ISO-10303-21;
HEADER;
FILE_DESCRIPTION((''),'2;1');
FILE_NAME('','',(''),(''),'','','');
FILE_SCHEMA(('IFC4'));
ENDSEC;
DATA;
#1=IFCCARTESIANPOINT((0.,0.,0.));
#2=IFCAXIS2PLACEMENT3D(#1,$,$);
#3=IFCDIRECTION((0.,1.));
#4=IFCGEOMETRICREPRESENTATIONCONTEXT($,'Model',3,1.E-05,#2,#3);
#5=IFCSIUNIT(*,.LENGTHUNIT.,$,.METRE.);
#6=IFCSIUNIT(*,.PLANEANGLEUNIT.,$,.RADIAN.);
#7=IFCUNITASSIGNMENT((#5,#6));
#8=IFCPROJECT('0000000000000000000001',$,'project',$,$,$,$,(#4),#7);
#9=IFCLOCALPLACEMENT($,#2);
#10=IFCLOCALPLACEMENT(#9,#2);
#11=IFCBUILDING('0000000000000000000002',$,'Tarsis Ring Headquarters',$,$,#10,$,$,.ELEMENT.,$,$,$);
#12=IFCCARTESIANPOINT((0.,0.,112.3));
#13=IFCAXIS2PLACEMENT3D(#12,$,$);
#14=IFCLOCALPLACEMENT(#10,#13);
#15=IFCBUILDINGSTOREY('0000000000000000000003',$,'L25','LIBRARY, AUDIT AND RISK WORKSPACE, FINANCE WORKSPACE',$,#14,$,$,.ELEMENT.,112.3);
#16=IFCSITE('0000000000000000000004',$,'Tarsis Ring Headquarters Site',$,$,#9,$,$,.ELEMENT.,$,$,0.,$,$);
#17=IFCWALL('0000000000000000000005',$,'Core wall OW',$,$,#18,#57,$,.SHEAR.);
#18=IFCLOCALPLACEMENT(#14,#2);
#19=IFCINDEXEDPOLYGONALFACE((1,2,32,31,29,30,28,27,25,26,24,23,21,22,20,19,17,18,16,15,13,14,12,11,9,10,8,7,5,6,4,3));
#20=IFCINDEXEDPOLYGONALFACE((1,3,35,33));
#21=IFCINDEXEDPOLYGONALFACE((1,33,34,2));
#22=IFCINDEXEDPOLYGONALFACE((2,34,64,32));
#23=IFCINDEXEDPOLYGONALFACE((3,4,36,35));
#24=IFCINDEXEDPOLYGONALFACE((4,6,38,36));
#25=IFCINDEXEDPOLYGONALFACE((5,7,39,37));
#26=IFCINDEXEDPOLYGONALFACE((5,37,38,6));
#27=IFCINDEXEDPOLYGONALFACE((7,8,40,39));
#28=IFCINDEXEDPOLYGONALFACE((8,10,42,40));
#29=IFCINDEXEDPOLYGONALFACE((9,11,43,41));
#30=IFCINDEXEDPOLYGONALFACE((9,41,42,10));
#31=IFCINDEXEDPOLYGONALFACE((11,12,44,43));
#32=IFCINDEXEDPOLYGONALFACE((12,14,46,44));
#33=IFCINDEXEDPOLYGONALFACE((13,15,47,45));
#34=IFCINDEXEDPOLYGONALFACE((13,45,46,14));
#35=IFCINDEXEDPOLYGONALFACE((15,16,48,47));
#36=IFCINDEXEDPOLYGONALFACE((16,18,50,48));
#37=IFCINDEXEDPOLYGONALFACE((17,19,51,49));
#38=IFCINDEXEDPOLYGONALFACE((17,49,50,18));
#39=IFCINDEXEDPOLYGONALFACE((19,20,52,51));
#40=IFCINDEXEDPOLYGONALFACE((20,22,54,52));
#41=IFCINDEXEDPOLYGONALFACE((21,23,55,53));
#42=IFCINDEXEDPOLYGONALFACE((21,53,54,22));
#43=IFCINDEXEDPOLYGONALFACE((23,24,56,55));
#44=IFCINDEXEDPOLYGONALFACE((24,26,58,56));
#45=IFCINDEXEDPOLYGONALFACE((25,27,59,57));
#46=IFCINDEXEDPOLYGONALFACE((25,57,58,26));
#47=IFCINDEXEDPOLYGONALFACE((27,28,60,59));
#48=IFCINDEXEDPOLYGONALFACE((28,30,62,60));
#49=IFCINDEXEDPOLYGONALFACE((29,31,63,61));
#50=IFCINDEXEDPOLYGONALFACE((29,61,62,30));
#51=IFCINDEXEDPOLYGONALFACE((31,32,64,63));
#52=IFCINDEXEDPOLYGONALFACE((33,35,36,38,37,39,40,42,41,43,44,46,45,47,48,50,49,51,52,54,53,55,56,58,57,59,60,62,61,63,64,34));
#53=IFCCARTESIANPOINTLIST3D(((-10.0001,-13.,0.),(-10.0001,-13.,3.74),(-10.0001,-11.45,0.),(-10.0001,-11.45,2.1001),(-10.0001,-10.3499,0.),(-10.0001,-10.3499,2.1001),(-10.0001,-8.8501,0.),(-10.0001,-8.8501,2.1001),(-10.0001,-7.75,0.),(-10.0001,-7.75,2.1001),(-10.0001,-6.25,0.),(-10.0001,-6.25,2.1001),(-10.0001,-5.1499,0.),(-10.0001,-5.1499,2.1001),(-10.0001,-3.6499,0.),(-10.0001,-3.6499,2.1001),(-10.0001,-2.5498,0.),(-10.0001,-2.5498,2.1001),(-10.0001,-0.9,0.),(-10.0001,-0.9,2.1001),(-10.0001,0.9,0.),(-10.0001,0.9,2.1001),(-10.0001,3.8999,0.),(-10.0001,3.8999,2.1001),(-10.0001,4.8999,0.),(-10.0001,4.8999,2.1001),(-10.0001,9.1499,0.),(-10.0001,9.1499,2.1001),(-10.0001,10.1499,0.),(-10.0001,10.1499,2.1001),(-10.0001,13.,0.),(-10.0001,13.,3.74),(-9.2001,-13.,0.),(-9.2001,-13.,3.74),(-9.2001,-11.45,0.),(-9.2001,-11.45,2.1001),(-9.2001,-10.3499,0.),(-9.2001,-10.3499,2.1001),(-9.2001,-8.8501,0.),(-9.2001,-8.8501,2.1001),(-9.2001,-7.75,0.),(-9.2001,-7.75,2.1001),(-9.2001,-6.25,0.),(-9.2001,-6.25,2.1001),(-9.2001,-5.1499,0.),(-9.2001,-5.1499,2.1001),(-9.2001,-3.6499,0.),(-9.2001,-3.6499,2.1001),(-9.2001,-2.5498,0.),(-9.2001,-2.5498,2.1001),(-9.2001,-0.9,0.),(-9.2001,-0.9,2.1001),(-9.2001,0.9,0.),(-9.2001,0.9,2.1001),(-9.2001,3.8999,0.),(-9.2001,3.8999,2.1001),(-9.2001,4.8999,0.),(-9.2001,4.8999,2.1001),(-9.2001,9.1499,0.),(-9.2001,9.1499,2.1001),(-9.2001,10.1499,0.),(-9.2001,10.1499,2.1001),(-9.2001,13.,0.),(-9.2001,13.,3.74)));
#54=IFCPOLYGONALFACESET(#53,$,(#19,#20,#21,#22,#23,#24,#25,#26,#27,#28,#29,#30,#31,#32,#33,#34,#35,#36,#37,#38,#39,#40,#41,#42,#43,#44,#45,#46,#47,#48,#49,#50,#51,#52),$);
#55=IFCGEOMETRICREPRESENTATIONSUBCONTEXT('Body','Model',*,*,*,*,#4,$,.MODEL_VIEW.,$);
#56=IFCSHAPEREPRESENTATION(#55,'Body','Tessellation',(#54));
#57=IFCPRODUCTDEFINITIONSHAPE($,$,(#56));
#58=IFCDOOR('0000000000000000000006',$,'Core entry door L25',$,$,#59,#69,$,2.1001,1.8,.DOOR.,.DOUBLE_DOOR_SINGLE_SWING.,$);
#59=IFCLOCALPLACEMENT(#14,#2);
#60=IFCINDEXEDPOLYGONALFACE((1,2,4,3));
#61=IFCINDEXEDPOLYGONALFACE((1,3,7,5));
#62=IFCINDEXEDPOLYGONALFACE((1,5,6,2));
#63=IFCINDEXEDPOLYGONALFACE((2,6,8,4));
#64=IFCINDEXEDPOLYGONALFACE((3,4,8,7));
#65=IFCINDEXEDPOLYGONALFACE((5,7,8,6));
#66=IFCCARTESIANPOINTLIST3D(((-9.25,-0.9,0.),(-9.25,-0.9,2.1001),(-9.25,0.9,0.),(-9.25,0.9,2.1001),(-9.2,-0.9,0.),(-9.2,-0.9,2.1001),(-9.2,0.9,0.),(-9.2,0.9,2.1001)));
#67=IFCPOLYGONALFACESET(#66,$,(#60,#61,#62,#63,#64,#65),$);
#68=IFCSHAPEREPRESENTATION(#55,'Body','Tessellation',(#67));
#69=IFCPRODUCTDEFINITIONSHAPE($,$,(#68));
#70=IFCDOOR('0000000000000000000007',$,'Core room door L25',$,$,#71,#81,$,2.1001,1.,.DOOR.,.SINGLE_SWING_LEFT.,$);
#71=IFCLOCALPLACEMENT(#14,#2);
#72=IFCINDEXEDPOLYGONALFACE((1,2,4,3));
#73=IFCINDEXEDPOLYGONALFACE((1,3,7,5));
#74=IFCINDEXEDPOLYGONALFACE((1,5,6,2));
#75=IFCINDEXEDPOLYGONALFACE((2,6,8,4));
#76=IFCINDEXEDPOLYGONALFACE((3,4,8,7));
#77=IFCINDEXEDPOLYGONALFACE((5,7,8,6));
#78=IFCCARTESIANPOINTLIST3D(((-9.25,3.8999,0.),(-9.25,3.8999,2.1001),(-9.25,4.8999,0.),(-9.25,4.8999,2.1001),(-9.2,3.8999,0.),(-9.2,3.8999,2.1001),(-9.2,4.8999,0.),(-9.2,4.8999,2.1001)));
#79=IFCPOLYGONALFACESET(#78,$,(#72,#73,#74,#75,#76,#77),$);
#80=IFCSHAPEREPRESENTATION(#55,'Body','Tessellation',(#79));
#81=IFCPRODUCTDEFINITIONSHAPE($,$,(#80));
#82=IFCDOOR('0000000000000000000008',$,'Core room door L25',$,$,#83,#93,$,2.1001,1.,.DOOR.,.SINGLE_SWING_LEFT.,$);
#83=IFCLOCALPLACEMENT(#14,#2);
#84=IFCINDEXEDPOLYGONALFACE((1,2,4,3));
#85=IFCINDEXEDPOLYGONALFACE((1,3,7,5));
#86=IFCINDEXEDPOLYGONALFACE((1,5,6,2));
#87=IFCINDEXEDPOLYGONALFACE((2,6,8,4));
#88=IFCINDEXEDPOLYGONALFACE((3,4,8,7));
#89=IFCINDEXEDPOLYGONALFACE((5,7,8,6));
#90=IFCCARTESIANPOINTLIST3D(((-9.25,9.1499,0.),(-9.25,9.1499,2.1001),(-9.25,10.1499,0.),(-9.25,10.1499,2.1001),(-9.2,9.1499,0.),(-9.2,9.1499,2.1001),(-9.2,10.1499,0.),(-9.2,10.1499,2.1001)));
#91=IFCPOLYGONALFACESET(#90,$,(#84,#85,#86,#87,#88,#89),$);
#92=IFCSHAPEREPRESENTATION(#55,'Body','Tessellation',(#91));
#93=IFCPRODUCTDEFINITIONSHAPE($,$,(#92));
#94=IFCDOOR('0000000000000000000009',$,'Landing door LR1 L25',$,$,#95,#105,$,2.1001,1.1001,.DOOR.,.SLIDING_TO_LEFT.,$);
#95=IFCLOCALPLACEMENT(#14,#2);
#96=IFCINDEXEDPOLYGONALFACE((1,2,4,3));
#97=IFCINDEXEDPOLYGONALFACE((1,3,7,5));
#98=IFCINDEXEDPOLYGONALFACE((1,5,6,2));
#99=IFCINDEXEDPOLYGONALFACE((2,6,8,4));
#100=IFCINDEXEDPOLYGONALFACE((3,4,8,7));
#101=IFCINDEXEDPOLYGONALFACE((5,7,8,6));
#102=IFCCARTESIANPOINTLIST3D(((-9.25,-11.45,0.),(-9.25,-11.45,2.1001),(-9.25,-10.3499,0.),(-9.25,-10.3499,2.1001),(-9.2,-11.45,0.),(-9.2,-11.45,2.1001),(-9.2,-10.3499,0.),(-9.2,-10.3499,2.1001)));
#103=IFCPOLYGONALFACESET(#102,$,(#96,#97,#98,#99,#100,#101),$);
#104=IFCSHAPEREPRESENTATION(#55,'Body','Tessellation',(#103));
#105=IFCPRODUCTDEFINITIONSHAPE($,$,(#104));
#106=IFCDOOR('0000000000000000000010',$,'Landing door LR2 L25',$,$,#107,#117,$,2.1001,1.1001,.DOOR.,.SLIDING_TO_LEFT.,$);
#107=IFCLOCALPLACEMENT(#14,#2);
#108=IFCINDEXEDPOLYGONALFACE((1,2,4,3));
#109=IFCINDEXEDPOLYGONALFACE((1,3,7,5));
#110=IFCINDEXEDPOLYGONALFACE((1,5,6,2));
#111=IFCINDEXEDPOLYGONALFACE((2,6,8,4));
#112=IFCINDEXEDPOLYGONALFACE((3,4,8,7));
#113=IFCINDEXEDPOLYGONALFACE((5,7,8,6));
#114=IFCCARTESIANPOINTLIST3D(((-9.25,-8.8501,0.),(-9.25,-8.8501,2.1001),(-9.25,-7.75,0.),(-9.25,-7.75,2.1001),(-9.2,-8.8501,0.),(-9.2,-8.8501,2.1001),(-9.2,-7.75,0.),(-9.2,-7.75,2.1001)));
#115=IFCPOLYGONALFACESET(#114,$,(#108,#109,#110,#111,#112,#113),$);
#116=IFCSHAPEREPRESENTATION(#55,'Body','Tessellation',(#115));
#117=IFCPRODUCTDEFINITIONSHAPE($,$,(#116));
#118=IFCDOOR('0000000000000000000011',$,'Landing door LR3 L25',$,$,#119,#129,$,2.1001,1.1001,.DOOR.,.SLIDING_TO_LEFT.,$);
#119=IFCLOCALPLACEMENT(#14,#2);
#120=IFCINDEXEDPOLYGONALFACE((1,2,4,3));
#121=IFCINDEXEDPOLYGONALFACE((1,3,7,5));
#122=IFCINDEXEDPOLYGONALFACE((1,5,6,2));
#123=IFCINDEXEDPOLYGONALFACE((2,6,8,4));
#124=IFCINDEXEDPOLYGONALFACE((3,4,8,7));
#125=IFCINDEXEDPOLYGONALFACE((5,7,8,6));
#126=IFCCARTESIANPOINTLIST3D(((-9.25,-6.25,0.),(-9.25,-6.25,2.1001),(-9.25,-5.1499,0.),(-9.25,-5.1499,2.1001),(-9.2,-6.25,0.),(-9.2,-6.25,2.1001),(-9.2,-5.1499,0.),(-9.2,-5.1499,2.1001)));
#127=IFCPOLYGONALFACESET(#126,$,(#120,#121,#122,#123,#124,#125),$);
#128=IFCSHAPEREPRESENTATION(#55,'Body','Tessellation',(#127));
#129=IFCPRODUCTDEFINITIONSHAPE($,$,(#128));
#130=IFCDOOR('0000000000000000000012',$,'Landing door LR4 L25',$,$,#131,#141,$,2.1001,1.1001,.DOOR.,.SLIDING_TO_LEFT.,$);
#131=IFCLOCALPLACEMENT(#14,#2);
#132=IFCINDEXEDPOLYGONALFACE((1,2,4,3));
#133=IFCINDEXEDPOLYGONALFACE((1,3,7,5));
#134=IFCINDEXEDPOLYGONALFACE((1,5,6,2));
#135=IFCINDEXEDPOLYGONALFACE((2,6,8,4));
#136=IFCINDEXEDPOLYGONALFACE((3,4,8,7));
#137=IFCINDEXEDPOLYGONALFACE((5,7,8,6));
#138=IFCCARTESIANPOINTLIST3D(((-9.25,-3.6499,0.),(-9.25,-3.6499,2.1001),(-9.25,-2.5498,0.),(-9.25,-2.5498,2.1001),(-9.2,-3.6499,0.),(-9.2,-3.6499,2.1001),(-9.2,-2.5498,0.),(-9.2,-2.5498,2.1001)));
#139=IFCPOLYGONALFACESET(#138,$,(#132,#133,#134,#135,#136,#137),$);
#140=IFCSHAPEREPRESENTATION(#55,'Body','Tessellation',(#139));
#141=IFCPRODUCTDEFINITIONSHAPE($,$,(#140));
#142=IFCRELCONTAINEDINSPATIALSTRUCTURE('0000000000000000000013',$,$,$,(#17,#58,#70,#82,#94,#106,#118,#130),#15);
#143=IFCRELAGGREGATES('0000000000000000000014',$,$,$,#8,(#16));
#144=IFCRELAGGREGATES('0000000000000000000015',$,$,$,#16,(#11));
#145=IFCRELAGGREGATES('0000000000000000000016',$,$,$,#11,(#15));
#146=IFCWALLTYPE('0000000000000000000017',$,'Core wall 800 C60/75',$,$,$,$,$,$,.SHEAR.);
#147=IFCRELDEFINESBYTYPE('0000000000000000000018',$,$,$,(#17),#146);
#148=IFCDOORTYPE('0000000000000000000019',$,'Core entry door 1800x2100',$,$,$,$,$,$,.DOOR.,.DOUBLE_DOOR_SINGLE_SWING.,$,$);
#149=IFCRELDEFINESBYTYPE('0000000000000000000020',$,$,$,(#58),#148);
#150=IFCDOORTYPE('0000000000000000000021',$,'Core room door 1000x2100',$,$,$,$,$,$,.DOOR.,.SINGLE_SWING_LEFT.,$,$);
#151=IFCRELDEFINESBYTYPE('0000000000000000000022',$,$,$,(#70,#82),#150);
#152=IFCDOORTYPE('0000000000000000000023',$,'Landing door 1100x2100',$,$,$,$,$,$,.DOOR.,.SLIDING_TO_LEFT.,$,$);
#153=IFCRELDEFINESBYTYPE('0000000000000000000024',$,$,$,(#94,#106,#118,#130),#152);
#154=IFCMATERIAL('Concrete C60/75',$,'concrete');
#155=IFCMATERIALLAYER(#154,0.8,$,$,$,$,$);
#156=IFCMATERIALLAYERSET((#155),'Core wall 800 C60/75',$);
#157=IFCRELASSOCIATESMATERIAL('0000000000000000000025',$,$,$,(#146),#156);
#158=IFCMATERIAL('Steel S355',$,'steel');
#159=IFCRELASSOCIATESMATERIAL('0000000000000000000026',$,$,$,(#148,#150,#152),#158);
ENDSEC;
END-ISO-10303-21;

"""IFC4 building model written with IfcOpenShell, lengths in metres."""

from ifc_helpers import new_model, si_unit, direction, frame, frame_2d, origin, place, context, subcontext, project, spatial, rectangle, extrude, material, layer, layer_set, type_object, element, fill, save


model = new_model("IFC4")

# Units and contexts
model_context = context("Model", 3, precision=1e-05, world=origin(), true_north=direction((0.0, 1.0)))
body_context = subcontext(model_context, "Body", "Model", "MODEL_VIEW")
ifc_project = project(units=[si_unit("LENGTHUNIT", "METRE"), si_unit("PLANEANGLEUNIT", "RADIAN")], contexts=[model_context])

# Site, building, storey
site_placement = place(None, origin())
site = spatial("IfcSite", under=ifc_project, at=site_placement, Name="Tarsis Ring Headquarters Site", CompositionType="ELEMENT", RefElevation=0.0)
building_placement = place(site_placement, origin())
building = spatial("IfcBuilding", under=site, at=building_placement, Name="Tarsis Ring Headquarters", CompositionType="ELEMENT")
storey_placement = place(building_placement, frame((0.0, 0.0, 112.3)))
storey = spatial("IfcBuildingStorey", under=building, at=storey_placement, Name="L25", Description="LIBRARY, AUDIT AND RISK WORKSPACE, FINANCE WORKSPACE", CompositionType="ELEMENT", Elevation=112.3)

# Wall, openings, doors
ifc_material_1 = material(Name="Concrete C60/75", Category="concrete")
ifc_layer_1 = layer(ifc_material_1, 0.8)
ifc_layer_set_1 = layer_set([ifc_layer_1], Name="Core wall 800 C60/75")
wall_type_1 = type_object("IfcWallType", Name="Core wall 800 C60/75", PredefinedType="SHEAR", material=ifc_layer_set_1)
wall_1_placement = place(storey_placement, frame((-9.6001, -13.0, 0.0), z_axis=(0.0, 0.0, 1.0), x_axis=(0.0, 1.0, 0.0)))
wall_1 = element("IfcWall", 1, at=wall_1_placement, inside=storey, type_object=wall_type_1, Name="Core wall OW", PredefinedType="SHEAR", context=body_context, shape_type="SweptSolid", body=[
    extrude(rectangle(XDim=26.0, YDim=0.8, at=frame_2d((13.0, 0.0))), origin(), (0.0, 0.0, 1.0), 3.74),
])
opening_1_placement = place(wall_1_placement, frame((1.55, 0.0, 0.0)))
opening_1 = element("IfcOpeningElement", 2, at=opening_1_placement, cuts=wall_1, PredefinedType="OPENING", context=body_context, shape_type="SweptSolid", body=[
    extrude(rectangle(XDim=1.1001, YDim=2.1001, at=frame_2d((0.55, 1.05))), frame((0.0, 0.4099, 0.0), z_axis=(0.0, -1.0, 0.0), x_axis=(1.0, 0.0, 0.0)), (0.0, 0.0, 1.0), 0.8201),
])
opening_2_placement = place(wall_1_placement, frame((4.1499, 0.0, 0.0)))
opening_2 = element("IfcOpeningElement", 3, at=opening_2_placement, cuts=wall_1, PredefinedType="OPENING", context=body_context, shape_type="SweptSolid", body=[
    extrude(rectangle(XDim=1.1001, YDim=2.1001, at=frame_2d((0.55, 1.05))), frame((0.0, 0.4099, 0.0), z_axis=(0.0, -1.0, 0.0), x_axis=(1.0, 0.0, 0.0)), (0.0, 0.0, 1.0), 0.8201),
])
opening_3_placement = place(wall_1_placement, frame((6.75, 0.0, 0.0)))
opening_3 = element("IfcOpeningElement", 4, at=opening_3_placement, cuts=wall_1, PredefinedType="OPENING", context=body_context, shape_type="SweptSolid", body=[
    extrude(rectangle(XDim=1.1001, YDim=2.1001, at=frame_2d((0.55, 1.05))), frame((0.0, 0.4099, 0.0), z_axis=(0.0, -1.0, 0.0), x_axis=(1.0, 0.0, 0.0)), (0.0, 0.0, 1.0), 0.8201),
])
opening_4_placement = place(wall_1_placement, frame((9.3501, 0.0, 0.0)))
opening_4 = element("IfcOpeningElement", 5, at=opening_4_placement, cuts=wall_1, PredefinedType="OPENING", context=body_context, shape_type="SweptSolid", body=[
    extrude(rectangle(XDim=1.1001, YDim=2.1001, at=frame_2d((0.55, 1.05))), frame((0.0, 0.4099, 0.0), z_axis=(0.0, -1.0, 0.0), x_axis=(1.0, 0.0, 0.0)), (0.0, 0.0, 1.0), 0.8201),
])
opening_5_placement = place(wall_1_placement, frame((12.1001, 0.0, 0.0)))
opening_5 = element("IfcOpeningElement", 6, at=opening_5_placement, cuts=wall_1, PredefinedType="OPENING", context=body_context, shape_type="SweptSolid", body=[
    extrude(rectangle(XDim=1.8, YDim=2.1001, at=frame_2d((0.8999, 1.05))), frame((0.0, 0.4099, 0.0), z_axis=(0.0, -1.0, 0.0), x_axis=(1.0, 0.0, 0.0)), (0.0, 0.0, 1.0), 0.8201),
])
opening_6_placement = place(wall_1_placement, frame((16.8999, 0.0, 0.0)))
opening_6 = element("IfcOpeningElement", 7, at=opening_6_placement, cuts=wall_1, PredefinedType="OPENING", context=body_context, shape_type="SweptSolid", body=[
    extrude(rectangle(XDim=1.0, YDim=2.1001, at=frame_2d((0.5, 1.05))), frame((0.0, 0.4099, 0.0), z_axis=(0.0, -1.0, 0.0), x_axis=(1.0, 0.0, 0.0)), (0.0, 0.0, 1.0), 0.8201),
])
opening_7_placement = place(wall_1_placement, frame((22.1499, 0.0, 0.0)))
opening_7 = element("IfcOpeningElement", 8, at=opening_7_placement, cuts=wall_1, PredefinedType="OPENING", context=body_context, shape_type="SweptSolid", body=[
    extrude(rectangle(XDim=1.0, YDim=2.1001, at=frame_2d((0.5, 1.05))), frame((0.0, 0.4099, 0.0), z_axis=(0.0, -1.0, 0.0), x_axis=(1.0, 0.0, 0.0)), (0.0, 0.0, 1.0), 0.8201),
])
ifc_material_2 = material(Name="Steel S355", Category="steel")
door_type_1 = type_object("IfcDoorType", Name="Core entry door 1800x2100", OperationType="DOUBLE_DOOR_SINGLE_SWING", PredefinedType="DOOR", material=ifc_material_2)
door_1_placement = place(opening_5_placement, origin())
door_1 = element("IfcDoor", 9, at=door_1_placement, inside=storey, type_object=door_type_1, Name="Core entry door L25", OperationType="DOUBLE_DOOR_SINGLE_SWING", OverallHeight=2.1001, OverallWidth=1.8, PredefinedType="DOOR", context=body_context, shape_type="SweptSolid", body=[
    extrude(rectangle(XDim=1.8, YDim=2.1001, at=frame_2d((0.8999, 1.05))), frame((0.0, -0.3501, 0.0), z_axis=(0.0, -1.0, 0.0), x_axis=(1.0, 0.0, 0.0)), (0.0, 0.0, 1.0), 0.05),
])
fill(opening_5, door_1)
door_type_2 = type_object("IfcDoorType", Name="Core room door 1000x2100", OperationType="SINGLE_SWING_LEFT", PredefinedType="DOOR", material=ifc_material_2)
door_2_placement = place(opening_6_placement, origin())
door_2 = element("IfcDoor", 10, at=door_2_placement, inside=storey, type_object=door_type_2, Name="Core room door L25", OperationType="SINGLE_SWING_LEFT", OverallHeight=2.1001, OverallWidth=1.0, PredefinedType="DOOR", context=body_context, shape_type="SweptSolid", body=[
    extrude(rectangle(XDim=1.0, YDim=2.1001, at=frame_2d((0.5, 1.05))), frame((0.0, -0.3501, 0.0), z_axis=(0.0, -1.0, 0.0), x_axis=(1.0, 0.0, 0.0)), (0.0, 0.0, 1.0), 0.05),
])
fill(opening_6, door_2)
door_3_placement = place(opening_7_placement, origin())
door_3 = element("IfcDoor", 11, at=door_3_placement, inside=storey, type_object=door_type_2, Name="Core room door L25", OperationType="SINGLE_SWING_LEFT", OverallHeight=2.1001, OverallWidth=1.0, PredefinedType="DOOR", context=body_context, shape_type="SweptSolid", body=[
    extrude(rectangle(XDim=1.0, YDim=2.1001, at=frame_2d((0.5, 1.05))), frame((0.0, -0.3501, 0.0), z_axis=(0.0, -1.0, 0.0), x_axis=(1.0, 0.0, 0.0)), (0.0, 0.0, 1.0), 0.05),
])
fill(opening_7, door_3)
door_type_3 = type_object("IfcDoorType", Name="Landing door 1100x2100", OperationType="SLIDING_TO_LEFT", PredefinedType="DOOR", material=ifc_material_2)
door_4_placement = place(opening_1_placement, origin())
door_4 = element("IfcDoor", 12, at=door_4_placement, inside=storey, type_object=door_type_3, Name="Landing door LR1 L25", OperationType="SLIDING_TO_LEFT", OverallHeight=2.1001, OverallWidth=1.1001, PredefinedType="DOOR", context=body_context, shape_type="SweptSolid", body=[
    extrude(rectangle(XDim=1.1001, YDim=2.1001, at=frame_2d((0.55, 1.05))), frame((0.0, -0.3501, 0.0), z_axis=(0.0, -1.0, 0.0), x_axis=(1.0, 0.0, 0.0)), (0.0, 0.0, 1.0), 0.05),
])
fill(opening_1, door_4)
door_5_placement = place(opening_2_placement, origin())
door_5 = element("IfcDoor", 13, at=door_5_placement, inside=storey, type_object=door_type_3, Name="Landing door LR2 L25", OperationType="SLIDING_TO_LEFT", OverallHeight=2.1001, OverallWidth=1.1001, PredefinedType="DOOR", context=body_context, shape_type="SweptSolid", body=[
    extrude(rectangle(XDim=1.1001, YDim=2.1001, at=frame_2d((0.55, 1.05))), frame((0.0, -0.3501, 0.0), z_axis=(0.0, -1.0, 0.0), x_axis=(1.0, 0.0, 0.0)), (0.0, 0.0, 1.0), 0.05),
])
fill(opening_2, door_5)
door_6_placement = place(opening_3_placement, origin())
door_6 = element("IfcDoor", 14, at=door_6_placement, inside=storey, type_object=door_type_3, Name="Landing door LR3 L25", OperationType="SLIDING_TO_LEFT", OverallHeight=2.1001, OverallWidth=1.1001, PredefinedType="DOOR", context=body_context, shape_type="SweptSolid", body=[
    extrude(rectangle(XDim=1.1001, YDim=2.1001, at=frame_2d((0.55, 1.05))), frame((0.0, -0.3501, 0.0), z_axis=(0.0, -1.0, 0.0), x_axis=(1.0, 0.0, 0.0)), (0.0, 0.0, 1.0), 0.05),
])
fill(opening_3, door_6)
door_7_placement = place(opening_4_placement, origin())
door_7 = element("IfcDoor", 15, at=door_7_placement, inside=storey, type_object=door_type_3, Name="Landing door LR4 L25", OperationType="SLIDING_TO_LEFT", OverallHeight=2.1001, OverallWidth=1.1001, PredefinedType="DOOR", context=body_context, shape_type="SweptSolid", body=[
    extrude(rectangle(XDim=1.1001, YDim=2.1001, at=frame_2d((0.55, 1.05))), frame((0.0, -0.3501, 0.0), z_axis=(0.0, -1.0, 0.0), x_axis=(1.0, 0.0, 0.0)), (0.0, 0.0, 1.0), 0.05),
])
fill(opening_4, door_7)

save(model, "model.ifc")
